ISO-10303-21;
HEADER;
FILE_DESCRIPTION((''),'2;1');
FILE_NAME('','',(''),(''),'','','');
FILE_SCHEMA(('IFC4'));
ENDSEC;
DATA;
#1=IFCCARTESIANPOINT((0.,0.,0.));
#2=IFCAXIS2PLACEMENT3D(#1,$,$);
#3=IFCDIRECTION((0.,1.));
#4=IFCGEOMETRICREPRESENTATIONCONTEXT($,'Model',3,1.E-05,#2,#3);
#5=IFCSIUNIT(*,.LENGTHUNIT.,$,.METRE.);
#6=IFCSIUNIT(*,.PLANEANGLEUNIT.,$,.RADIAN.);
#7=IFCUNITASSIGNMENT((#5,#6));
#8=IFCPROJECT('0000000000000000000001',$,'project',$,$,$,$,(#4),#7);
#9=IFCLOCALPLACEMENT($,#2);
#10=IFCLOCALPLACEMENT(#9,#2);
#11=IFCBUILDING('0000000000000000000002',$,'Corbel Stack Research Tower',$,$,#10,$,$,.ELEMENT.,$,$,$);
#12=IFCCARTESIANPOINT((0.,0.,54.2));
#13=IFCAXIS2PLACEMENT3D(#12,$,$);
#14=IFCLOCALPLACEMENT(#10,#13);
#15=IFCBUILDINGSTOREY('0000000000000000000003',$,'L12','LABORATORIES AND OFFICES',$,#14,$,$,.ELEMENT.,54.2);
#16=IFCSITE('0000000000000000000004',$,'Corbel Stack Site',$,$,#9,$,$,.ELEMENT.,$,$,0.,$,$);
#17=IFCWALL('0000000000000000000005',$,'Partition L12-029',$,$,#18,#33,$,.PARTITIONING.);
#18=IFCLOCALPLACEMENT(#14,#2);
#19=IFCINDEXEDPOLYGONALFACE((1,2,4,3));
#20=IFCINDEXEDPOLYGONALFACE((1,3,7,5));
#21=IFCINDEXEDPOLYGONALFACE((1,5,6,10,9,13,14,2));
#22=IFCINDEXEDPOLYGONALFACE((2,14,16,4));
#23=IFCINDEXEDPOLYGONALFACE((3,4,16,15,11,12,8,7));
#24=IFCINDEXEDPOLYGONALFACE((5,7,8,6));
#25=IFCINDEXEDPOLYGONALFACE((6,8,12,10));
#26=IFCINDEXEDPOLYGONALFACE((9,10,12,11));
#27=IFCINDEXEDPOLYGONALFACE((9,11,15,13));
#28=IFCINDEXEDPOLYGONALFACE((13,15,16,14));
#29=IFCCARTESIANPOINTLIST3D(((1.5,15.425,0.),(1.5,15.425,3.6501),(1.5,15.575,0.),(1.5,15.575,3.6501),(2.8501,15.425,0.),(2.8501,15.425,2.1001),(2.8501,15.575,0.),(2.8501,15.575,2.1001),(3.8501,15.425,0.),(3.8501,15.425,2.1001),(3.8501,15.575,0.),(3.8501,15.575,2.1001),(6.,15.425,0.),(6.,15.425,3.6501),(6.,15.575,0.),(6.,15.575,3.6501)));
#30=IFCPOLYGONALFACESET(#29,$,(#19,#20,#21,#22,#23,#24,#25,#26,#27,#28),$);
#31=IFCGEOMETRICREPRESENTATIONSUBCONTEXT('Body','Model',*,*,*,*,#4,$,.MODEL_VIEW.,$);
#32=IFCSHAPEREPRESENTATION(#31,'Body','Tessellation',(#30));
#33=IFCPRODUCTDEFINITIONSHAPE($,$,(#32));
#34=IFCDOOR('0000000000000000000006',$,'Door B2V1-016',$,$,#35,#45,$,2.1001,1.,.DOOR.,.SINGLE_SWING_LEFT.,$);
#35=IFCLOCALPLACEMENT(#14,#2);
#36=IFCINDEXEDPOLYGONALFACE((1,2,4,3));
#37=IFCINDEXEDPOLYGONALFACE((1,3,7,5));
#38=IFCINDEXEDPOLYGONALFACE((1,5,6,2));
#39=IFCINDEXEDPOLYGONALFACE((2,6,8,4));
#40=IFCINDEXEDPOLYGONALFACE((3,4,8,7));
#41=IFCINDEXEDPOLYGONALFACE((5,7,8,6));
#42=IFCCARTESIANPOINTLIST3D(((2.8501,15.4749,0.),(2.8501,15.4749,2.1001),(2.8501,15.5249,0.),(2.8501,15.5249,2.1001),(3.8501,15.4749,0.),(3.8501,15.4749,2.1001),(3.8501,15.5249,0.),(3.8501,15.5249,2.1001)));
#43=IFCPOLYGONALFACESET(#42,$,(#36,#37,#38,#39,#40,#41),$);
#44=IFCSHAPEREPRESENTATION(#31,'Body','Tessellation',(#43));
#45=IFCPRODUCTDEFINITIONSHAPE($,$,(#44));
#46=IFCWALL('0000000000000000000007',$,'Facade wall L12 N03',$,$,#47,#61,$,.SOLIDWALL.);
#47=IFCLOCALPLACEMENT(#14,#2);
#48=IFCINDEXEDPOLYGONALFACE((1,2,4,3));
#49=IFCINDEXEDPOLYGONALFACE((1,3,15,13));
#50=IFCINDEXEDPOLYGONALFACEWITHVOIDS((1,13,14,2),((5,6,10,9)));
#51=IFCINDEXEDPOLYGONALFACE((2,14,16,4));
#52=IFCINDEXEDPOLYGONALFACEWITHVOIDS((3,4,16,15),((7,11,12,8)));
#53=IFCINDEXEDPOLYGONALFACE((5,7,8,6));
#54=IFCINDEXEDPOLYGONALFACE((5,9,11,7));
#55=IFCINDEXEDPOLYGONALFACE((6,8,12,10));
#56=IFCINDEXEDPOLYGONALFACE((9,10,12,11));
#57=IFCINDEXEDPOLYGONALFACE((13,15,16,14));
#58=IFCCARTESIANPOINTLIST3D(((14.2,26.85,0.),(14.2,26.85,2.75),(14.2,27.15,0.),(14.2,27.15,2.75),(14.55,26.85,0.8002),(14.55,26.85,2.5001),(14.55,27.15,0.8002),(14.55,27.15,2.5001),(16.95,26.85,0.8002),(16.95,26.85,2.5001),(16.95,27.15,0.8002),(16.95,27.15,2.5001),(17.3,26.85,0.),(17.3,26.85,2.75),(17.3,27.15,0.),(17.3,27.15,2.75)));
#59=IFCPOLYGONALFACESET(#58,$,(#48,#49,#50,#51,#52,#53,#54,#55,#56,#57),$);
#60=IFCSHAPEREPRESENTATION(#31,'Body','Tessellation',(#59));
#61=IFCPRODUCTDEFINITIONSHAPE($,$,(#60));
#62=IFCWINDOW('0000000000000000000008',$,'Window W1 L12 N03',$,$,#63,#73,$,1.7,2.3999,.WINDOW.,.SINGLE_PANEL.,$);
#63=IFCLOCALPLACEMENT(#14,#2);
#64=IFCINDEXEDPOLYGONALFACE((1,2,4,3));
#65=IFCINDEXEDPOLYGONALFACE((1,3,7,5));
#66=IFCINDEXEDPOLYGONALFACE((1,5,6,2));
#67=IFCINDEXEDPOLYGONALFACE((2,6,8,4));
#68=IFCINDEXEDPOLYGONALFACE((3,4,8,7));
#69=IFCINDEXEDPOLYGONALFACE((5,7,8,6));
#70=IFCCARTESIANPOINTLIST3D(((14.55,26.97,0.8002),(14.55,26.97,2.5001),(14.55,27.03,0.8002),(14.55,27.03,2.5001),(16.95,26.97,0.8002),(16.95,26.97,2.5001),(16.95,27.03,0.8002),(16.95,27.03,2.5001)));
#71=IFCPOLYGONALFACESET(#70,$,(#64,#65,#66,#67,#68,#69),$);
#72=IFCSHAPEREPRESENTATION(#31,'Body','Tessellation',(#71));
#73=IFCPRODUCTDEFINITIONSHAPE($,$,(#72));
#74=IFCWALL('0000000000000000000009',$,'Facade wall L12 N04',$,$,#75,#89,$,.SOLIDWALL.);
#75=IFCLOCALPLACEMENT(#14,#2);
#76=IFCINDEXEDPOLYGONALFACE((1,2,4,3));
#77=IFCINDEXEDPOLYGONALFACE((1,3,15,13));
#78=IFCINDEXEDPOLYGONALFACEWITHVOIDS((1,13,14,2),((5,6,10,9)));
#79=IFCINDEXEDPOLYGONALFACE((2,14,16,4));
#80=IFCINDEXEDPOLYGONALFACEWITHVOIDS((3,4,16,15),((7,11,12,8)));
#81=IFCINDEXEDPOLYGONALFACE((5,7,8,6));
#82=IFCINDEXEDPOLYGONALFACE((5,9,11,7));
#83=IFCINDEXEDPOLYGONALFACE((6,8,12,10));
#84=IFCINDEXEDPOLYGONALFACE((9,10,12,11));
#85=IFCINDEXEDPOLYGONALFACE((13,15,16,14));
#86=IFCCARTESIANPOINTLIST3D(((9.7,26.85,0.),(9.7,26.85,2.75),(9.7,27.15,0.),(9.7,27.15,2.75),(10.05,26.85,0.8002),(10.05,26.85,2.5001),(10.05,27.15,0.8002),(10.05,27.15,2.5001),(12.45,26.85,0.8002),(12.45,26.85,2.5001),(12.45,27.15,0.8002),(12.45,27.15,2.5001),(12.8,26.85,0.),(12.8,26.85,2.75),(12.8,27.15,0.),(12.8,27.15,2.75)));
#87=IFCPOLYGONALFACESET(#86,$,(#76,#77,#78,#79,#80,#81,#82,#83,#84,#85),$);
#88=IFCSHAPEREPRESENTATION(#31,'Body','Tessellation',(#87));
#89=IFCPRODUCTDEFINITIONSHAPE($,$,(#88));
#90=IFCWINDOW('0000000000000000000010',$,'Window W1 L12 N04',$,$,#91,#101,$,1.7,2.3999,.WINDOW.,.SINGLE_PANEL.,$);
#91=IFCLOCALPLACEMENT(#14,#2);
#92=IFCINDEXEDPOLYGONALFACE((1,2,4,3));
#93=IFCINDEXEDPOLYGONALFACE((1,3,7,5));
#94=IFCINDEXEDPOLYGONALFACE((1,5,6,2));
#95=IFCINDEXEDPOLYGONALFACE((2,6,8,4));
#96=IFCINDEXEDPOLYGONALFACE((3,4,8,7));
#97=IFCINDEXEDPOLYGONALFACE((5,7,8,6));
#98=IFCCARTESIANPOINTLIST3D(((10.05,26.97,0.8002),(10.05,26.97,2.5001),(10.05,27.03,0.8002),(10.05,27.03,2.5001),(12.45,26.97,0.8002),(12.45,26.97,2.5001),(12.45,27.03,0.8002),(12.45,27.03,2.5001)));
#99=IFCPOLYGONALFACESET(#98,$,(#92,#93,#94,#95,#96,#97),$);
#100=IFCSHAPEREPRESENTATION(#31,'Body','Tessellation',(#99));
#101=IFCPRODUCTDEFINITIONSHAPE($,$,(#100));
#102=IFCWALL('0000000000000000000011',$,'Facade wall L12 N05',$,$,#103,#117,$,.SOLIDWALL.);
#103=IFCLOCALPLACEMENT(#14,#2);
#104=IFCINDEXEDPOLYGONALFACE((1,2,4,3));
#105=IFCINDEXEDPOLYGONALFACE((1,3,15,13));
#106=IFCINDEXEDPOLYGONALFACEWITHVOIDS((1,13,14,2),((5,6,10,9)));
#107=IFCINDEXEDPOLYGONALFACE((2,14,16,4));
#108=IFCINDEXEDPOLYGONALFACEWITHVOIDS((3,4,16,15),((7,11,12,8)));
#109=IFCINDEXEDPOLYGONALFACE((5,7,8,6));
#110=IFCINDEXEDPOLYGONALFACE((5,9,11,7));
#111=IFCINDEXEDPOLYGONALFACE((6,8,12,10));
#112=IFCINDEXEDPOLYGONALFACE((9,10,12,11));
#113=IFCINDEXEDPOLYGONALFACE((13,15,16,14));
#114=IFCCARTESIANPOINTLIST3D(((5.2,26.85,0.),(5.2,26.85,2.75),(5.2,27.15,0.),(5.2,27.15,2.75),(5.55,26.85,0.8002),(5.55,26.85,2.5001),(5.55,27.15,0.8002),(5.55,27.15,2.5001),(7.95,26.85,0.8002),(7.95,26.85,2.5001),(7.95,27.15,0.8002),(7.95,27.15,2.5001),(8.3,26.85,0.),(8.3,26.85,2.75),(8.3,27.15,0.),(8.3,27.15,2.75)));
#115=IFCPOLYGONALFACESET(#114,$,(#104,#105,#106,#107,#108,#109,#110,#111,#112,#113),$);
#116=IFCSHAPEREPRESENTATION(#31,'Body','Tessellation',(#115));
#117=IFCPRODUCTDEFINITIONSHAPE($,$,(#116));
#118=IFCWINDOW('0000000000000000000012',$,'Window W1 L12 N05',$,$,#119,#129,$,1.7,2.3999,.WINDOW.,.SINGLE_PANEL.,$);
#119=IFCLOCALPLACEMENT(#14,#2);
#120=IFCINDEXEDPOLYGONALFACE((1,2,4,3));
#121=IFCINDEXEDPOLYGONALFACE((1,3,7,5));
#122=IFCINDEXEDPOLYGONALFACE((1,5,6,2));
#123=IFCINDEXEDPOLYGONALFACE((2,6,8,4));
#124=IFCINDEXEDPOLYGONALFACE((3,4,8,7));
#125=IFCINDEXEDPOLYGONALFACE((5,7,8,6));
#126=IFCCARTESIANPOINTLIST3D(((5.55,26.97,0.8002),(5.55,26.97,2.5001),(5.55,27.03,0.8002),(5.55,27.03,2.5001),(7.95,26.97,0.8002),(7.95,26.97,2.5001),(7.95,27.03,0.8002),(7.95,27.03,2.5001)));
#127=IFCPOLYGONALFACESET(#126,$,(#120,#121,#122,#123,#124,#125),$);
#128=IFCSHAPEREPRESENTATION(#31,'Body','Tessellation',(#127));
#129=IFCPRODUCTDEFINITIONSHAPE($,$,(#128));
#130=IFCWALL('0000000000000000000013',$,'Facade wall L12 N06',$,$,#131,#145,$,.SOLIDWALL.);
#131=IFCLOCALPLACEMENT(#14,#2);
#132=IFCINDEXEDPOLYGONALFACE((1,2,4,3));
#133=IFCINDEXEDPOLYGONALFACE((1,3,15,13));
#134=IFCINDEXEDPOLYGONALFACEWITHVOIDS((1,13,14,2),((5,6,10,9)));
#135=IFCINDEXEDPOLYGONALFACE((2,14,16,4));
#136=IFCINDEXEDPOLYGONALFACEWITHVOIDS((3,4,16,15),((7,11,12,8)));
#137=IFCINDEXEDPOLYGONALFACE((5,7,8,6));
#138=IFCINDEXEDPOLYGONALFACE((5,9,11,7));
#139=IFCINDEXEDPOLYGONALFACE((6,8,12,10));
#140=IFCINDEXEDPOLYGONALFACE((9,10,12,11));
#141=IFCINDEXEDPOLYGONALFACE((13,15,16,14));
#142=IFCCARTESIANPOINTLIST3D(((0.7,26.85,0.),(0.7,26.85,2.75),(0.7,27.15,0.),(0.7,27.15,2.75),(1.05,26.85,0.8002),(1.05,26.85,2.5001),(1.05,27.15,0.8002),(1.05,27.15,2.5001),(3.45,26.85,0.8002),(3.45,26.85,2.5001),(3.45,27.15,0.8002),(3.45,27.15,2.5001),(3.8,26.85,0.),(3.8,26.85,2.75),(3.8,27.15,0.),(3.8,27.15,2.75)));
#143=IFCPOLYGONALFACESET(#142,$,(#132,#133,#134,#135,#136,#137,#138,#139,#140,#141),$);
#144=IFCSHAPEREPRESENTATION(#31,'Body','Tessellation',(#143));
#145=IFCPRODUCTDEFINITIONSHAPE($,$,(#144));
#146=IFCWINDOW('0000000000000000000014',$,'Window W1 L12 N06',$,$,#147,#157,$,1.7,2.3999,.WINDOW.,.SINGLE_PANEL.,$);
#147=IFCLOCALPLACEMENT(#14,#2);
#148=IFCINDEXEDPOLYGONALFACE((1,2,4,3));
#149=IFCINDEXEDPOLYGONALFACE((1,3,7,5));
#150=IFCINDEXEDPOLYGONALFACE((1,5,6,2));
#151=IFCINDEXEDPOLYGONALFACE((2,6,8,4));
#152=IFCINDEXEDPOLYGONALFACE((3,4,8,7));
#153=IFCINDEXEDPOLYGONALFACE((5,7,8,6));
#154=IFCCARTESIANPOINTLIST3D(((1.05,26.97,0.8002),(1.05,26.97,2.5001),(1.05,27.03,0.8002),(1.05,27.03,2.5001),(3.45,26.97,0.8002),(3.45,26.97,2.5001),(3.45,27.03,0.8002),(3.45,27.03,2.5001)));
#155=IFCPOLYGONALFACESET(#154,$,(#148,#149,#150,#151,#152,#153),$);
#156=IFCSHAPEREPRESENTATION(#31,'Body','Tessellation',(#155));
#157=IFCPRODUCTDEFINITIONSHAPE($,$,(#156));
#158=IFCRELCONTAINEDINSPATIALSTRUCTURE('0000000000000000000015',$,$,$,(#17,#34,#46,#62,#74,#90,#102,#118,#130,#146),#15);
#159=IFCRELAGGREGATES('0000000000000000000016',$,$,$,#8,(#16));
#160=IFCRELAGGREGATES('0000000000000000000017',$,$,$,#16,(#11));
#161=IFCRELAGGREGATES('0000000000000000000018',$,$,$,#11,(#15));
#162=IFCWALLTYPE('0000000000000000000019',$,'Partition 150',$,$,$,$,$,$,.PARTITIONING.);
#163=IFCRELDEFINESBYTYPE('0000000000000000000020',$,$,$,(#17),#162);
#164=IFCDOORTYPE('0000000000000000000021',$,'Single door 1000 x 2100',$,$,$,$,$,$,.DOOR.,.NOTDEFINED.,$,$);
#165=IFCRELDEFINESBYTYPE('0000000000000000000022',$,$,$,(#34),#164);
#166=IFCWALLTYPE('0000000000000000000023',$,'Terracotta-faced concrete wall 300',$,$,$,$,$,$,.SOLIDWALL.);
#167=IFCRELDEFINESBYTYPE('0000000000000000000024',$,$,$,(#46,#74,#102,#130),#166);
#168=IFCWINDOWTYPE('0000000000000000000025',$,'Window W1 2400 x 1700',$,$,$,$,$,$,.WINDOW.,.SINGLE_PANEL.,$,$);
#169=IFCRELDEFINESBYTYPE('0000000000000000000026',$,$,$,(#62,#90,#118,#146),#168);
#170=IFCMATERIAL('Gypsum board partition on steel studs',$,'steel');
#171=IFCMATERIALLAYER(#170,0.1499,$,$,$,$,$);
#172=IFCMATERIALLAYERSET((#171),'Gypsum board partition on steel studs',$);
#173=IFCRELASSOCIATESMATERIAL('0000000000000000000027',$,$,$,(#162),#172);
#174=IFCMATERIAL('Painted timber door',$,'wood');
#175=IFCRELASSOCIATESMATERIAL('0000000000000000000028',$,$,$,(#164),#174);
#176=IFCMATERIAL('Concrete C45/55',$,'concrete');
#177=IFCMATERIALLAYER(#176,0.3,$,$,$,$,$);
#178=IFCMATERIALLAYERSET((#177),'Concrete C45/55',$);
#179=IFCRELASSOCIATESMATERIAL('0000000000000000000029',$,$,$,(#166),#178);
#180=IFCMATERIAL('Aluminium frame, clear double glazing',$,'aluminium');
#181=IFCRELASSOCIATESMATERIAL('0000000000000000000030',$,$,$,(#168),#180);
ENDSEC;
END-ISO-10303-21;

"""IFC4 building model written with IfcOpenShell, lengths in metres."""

from ifc_helpers import new_model, si_unit, direction, frame, frame_2d, origin, place, context, subcontext, project, spatial, rectangle, extrude, material, layer, layer_set, type_object, element, fill, save


model = new_model("IFC4")

# Units and contexts
model_context = context("Model", 3, precision=1e-05, world=origin(), true_north=direction((0.0, 1.0)))
body_context = subcontext(model_context, "Body", "Model", "MODEL_VIEW")
ifc_project = project(units=[si_unit("LENGTHUNIT", "METRE"), si_unit("PLANEANGLEUNIT", "RADIAN")], contexts=[model_context])

# Site, building, storey
site_placement = place(None, origin())
site = spatial("IfcSite", under=ifc_project, at=site_placement, Name="Corbel Stack Site", CompositionType="ELEMENT", RefElevation=0.0)
building_placement = place(site_placement, origin())
building = spatial("IfcBuilding", under=site, at=building_placement, Name="Corbel Stack Research Tower", CompositionType="ELEMENT")
storey_placement = place(building_placement, frame((0.0, 0.0, 54.2)))
storey = spatial("IfcBuildingStorey", under=building, at=storey_placement, Name="L12", Description="LABORATORIES AND OFFICES", CompositionType="ELEMENT", Elevation=54.2)

# Wall, opening, door
ifc_material_1 = material(Name="Gypsum board partition on steel studs", Category="steel")
ifc_layer_1 = layer(ifc_material_1, 0.1499)
ifc_layer_set_1 = layer_set([ifc_layer_1], Name="Gypsum board partition on steel studs")
wall_type_1 = type_object("IfcWallType", Name="Partition 150", PredefinedType="PARTITIONING", material=ifc_layer_set_1)
wall_1_placement = place(storey_placement, frame((1.5, 15.5, 0.0), z_axis=(0.0, 0.0, 1.0), x_axis=(1.0, 0.0, 0.0)))
wall_1 = element("IfcWall", 1, at=wall_1_placement, inside=storey, type_object=wall_type_1, Name="Partition L12-029", PredefinedType="PARTITIONING", context=body_context, shape_type="SweptSolid", body=[
    extrude(rectangle(XDim=4.5, YDim=0.1499, at=frame_2d((2.25, 0.0))), origin(), (0.0, 0.0, 1.0), 3.6501),
])
opening_1_placement = place(wall_1_placement, frame((1.3501, 0.0, 0.0)))
opening_1 = element("IfcOpeningElement", 2, at=opening_1_placement, cuts=wall_1, PredefinedType="OPENING", context=body_context, shape_type="SweptSolid", body=[
    extrude(rectangle(XDim=1.0, YDim=2.1001, at=frame_2d((0.5, 1.05))), frame((0.0, 0.085, 0.0), z_axis=(0.0, -1.0, 0.0), x_axis=(1.0, 0.0, 0.0)), (0.0, 0.0, 1.0), 0.1699),
])
ifc_material_2 = material(Name="Painted timber door", Category="wood")
door_type = type_object("IfcDoorType", Name="Single door 1000 x 2100", OperationType="NOTDEFINED", PredefinedType="DOOR", material=ifc_material_2)
door_placement = place(opening_1_placement, origin())
door = element("IfcDoor", 3, at=door_placement, inside=storey, type_object=door_type, Name="Door B2V1-016", OperationType="SINGLE_SWING_LEFT", OverallHeight=2.1001, OverallWidth=1.0, PredefinedType="DOOR", context=body_context, shape_type="SweptSolid", body=[
    extrude(rectangle(XDim=1.0, YDim=2.1001, at=frame_2d((0.5, 1.05))), frame((0.0, 0.0249, 0.0), z_axis=(0.0, -1.0, 0.0), x_axis=(1.0, 0.0, 0.0)), (0.0, 0.0, 1.0), 0.05),
])
fill(opening_1, door)

# Walls, openings, windows
ifc_material_3 = material(Name="Concrete C45/55", Category="concrete")
ifc_layer_2 = layer(ifc_material_3, 0.3)
ifc_layer_set_2 = layer_set([ifc_layer_2], Name="Concrete C45/55")
wall_type_2 = type_object("IfcWallType", Name="Terracotta-faced concrete wall 300", PredefinedType="SOLIDWALL", material=ifc_layer_set_2)
wall_2_placement = place(storey_placement, frame((14.2, 27.0, 0.0), z_axis=(0.0, 0.0, 1.0), x_axis=(1.0, 0.0, 0.0)))
wall_2 = element("IfcWall", 4, at=wall_2_placement, inside=storey, type_object=wall_type_2, Name="Facade wall L12 N03", PredefinedType="SOLIDWALL", context=body_context, shape_type="SweptSolid", body=[
    extrude(rectangle(XDim=3.1001, YDim=0.3, at=frame_2d((1.55, 0.0))), origin(), (0.0, 0.0, 1.0), 2.75),
])
opening_2_placement = place(wall_2_placement, frame((0.3501, 0.0, 0.8)))
opening_2 = element("IfcOpeningElement", 5, at=opening_2_placement, cuts=wall_2, PredefinedType="OPENING", context=body_context, shape_type="SweptSolid", body=[
    extrude(rectangle(XDim=2.3999, YDim=1.7, at=frame_2d((1.2, 0.8501))), frame((0.0, 0.1599, 0.0), z_axis=(0.0, -1.0, 0.0), x_axis=(1.0, 0.0, 0.0)), (0.0, 0.0, 1.0), 0.3201),
])
ifc_material_4 = material(Name="Aluminium frame, clear double glazing", Category="aluminium")
window_type = type_object("IfcWindowType", Name="Window W1 2400 x 1700", PartitioningType="SINGLE_PANEL", PredefinedType="WINDOW", material=ifc_material_4)
window_1_placement = place(opening_2_placement, origin())
window_1 = element("IfcWindow", 6, at=window_1_placement, inside=storey, type_object=window_type, Name="Window W1 L12 N03", OverallHeight=1.7, OverallWidth=2.3999, PartitioningType="SINGLE_PANEL", PredefinedType="WINDOW", context=body_context, shape_type="SweptSolid", body=[
    extrude(rectangle(XDim=2.3999, YDim=1.7, at=frame_2d((1.2, 0.8501))), frame((0.0, 0.03, 0.0), z_axis=(0.0, -1.0, 0.0), x_axis=(1.0, 0.0, 0.0)), (0.0, 0.0, 1.0), 0.0601),
])
fill(opening_2, window_1)
wall_3_placement = place(storey_placement, frame((9.7, 27.0, 0.0), z_axis=(0.0, 0.0, 1.0), x_axis=(1.0, 0.0, 0.0)))
wall_3 = element("IfcWall", 7, at=wall_3_placement, inside=storey, type_object=wall_type_2, Name="Facade wall L12 N04", PredefinedType="SOLIDWALL", context=body_context, shape_type="SweptSolid", body=[
    extrude(rectangle(XDim=3.1001, YDim=0.3, at=frame_2d((1.55, 0.0))), origin(), (0.0, 0.0, 1.0), 2.75),
])
opening_3_placement = place(wall_3_placement, frame((0.3501, 0.0, 0.8)))
opening_3 = element("IfcOpeningElement", 8, at=opening_3_placement, cuts=wall_3, PredefinedType="OPENING", context=body_context, shape_type="SweptSolid", body=[
    extrude(rectangle(XDim=2.3999, YDim=1.7, at=frame_2d((1.2, 0.8501))), frame((0.0, 0.1599, 0.0), z_axis=(0.0, -1.0, 0.0), x_axis=(1.0, 0.0, 0.0)), (0.0, 0.0, 1.0), 0.3201),
])
window_2_placement = place(opening_3_placement, origin())
window_2 = element("IfcWindow", 9, at=window_2_placement, inside=storey, type_object=window_type, Name="Window W1 L12 N04", OverallHeight=1.7, OverallWidth=2.3999, PartitioningType="SINGLE_PANEL", PredefinedType="WINDOW", context=body_context, shape_type="SweptSolid", body=[
    extrude(rectangle(XDim=2.3999, YDim=1.7, at=frame_2d((1.2, 0.8501))), frame((0.0, 0.03, 0.0), z_axis=(0.0, -1.0, 0.0), x_axis=(1.0, 0.0, 0.0)), (0.0, 0.0, 1.0), 0.0601),
])
fill(opening_3, window_2)
wall_4_placement = place(storey_placement, frame((5.2, 27.0, 0.0), z_axis=(0.0, 0.0, 1.0), x_axis=(1.0, 0.0, 0.0)))
wall_4 = element("IfcWall", 10, at=wall_4_placement, inside=storey, type_object=wall_type_2, Name="Facade wall L12 N05", PredefinedType="SOLIDWALL", context=body_context, shape_type="SweptSolid", body=[
    extrude(rectangle(XDim=3.1001, YDim=0.3, at=frame_2d((1.55, 0.0))), origin(), (0.0, 0.0, 1.0), 2.75),
])
opening_4_placement = place(wall_4_placement, frame((0.3501, 0.0, 0.8)))
opening_4 = element("IfcOpeningElement", 11, at=opening_4_placement, cuts=wall_4, PredefinedType="OPENING", context=body_context, shape_type="SweptSolid", body=[
    extrude(rectangle(XDim=2.3999, YDim=1.7, at=frame_2d((1.2, 0.8501))), frame((0.0, 0.1599, 0.0), z_axis=(0.0, -1.0, 0.0), x_axis=(1.0, 0.0, 0.0)), (0.0, 0.0, 1.0), 0.3201),
])
window_3_placement = place(opening_4_placement, origin())
window_3 = element("IfcWindow", 12, at=window_3_placement, inside=storey, type_object=window_type, Name="Window W1 L12 N05", OverallHeight=1.7, OverallWidth=2.3999, PartitioningType="SINGLE_PANEL", PredefinedType="WINDOW", context=body_context, shape_type="SweptSolid", body=[
    extrude(rectangle(XDim=2.3999, YDim=1.7, at=frame_2d((1.2, 0.8501))), frame((0.0, 0.03, 0.0), z_axis=(0.0, -1.0, 0.0), x_axis=(1.0, 0.0, 0.0)), (0.0, 0.0, 1.0), 0.0601),
])
fill(opening_4, window_3)
wall_5_placement = place(storey_placement, frame((0.7, 27.0, 0.0), z_axis=(0.0, 0.0, 1.0), x_axis=(1.0, 0.0, 0.0)))
wall_5 = element("IfcWall", 13, at=wall_5_placement, inside=storey, type_object=wall_type_2, Name="Facade wall L12 N06", PredefinedType="SOLIDWALL", context=body_context, shape_type="SweptSolid", body=[
    extrude(rectangle(XDim=3.1001, YDim=0.3, at=frame_2d((1.55, 0.0))), origin(), (0.0, 0.0, 1.0), 2.75),
])
opening_5_placement = place(wall_5_placement, frame((0.3501, 0.0, 0.8)))
opening_5 = element("IfcOpeningElement", 14, at=opening_5_placement, cuts=wall_5, PredefinedType="OPENING", context=body_context, shape_type="SweptSolid", body=[
    extrude(rectangle(XDim=2.3999, YDim=1.7, at=frame_2d((1.2, 0.8501))), frame((0.0, 0.1599, 0.0), z_axis=(0.0, -1.0, 0.0), x_axis=(1.0, 0.0, 0.0)), (0.0, 0.0, 1.0), 0.3201),
])
window_4_placement = place(opening_5_placement, origin())
window_4 = element("IfcWindow", 15, at=window_4_placement, inside=storey, type_object=window_type, Name="Window W1 L12 N06", OverallHeight=1.7, OverallWidth=2.3999, PartitioningType="SINGLE_PANEL", PredefinedType="WINDOW", context=body_context, shape_type="SweptSolid", body=[
    extrude(rectangle(XDim=2.3999, YDim=1.7, at=frame_2d((1.2, 0.8501))), frame((0.0, 0.03, 0.0), z_axis=(0.0, -1.0, 0.0), x_axis=(1.0, 0.0, 0.0)), (0.0, 0.0, 1.0), 0.0601),
])
fill(opening_5, window_4)

save(model, "model.ifc")
